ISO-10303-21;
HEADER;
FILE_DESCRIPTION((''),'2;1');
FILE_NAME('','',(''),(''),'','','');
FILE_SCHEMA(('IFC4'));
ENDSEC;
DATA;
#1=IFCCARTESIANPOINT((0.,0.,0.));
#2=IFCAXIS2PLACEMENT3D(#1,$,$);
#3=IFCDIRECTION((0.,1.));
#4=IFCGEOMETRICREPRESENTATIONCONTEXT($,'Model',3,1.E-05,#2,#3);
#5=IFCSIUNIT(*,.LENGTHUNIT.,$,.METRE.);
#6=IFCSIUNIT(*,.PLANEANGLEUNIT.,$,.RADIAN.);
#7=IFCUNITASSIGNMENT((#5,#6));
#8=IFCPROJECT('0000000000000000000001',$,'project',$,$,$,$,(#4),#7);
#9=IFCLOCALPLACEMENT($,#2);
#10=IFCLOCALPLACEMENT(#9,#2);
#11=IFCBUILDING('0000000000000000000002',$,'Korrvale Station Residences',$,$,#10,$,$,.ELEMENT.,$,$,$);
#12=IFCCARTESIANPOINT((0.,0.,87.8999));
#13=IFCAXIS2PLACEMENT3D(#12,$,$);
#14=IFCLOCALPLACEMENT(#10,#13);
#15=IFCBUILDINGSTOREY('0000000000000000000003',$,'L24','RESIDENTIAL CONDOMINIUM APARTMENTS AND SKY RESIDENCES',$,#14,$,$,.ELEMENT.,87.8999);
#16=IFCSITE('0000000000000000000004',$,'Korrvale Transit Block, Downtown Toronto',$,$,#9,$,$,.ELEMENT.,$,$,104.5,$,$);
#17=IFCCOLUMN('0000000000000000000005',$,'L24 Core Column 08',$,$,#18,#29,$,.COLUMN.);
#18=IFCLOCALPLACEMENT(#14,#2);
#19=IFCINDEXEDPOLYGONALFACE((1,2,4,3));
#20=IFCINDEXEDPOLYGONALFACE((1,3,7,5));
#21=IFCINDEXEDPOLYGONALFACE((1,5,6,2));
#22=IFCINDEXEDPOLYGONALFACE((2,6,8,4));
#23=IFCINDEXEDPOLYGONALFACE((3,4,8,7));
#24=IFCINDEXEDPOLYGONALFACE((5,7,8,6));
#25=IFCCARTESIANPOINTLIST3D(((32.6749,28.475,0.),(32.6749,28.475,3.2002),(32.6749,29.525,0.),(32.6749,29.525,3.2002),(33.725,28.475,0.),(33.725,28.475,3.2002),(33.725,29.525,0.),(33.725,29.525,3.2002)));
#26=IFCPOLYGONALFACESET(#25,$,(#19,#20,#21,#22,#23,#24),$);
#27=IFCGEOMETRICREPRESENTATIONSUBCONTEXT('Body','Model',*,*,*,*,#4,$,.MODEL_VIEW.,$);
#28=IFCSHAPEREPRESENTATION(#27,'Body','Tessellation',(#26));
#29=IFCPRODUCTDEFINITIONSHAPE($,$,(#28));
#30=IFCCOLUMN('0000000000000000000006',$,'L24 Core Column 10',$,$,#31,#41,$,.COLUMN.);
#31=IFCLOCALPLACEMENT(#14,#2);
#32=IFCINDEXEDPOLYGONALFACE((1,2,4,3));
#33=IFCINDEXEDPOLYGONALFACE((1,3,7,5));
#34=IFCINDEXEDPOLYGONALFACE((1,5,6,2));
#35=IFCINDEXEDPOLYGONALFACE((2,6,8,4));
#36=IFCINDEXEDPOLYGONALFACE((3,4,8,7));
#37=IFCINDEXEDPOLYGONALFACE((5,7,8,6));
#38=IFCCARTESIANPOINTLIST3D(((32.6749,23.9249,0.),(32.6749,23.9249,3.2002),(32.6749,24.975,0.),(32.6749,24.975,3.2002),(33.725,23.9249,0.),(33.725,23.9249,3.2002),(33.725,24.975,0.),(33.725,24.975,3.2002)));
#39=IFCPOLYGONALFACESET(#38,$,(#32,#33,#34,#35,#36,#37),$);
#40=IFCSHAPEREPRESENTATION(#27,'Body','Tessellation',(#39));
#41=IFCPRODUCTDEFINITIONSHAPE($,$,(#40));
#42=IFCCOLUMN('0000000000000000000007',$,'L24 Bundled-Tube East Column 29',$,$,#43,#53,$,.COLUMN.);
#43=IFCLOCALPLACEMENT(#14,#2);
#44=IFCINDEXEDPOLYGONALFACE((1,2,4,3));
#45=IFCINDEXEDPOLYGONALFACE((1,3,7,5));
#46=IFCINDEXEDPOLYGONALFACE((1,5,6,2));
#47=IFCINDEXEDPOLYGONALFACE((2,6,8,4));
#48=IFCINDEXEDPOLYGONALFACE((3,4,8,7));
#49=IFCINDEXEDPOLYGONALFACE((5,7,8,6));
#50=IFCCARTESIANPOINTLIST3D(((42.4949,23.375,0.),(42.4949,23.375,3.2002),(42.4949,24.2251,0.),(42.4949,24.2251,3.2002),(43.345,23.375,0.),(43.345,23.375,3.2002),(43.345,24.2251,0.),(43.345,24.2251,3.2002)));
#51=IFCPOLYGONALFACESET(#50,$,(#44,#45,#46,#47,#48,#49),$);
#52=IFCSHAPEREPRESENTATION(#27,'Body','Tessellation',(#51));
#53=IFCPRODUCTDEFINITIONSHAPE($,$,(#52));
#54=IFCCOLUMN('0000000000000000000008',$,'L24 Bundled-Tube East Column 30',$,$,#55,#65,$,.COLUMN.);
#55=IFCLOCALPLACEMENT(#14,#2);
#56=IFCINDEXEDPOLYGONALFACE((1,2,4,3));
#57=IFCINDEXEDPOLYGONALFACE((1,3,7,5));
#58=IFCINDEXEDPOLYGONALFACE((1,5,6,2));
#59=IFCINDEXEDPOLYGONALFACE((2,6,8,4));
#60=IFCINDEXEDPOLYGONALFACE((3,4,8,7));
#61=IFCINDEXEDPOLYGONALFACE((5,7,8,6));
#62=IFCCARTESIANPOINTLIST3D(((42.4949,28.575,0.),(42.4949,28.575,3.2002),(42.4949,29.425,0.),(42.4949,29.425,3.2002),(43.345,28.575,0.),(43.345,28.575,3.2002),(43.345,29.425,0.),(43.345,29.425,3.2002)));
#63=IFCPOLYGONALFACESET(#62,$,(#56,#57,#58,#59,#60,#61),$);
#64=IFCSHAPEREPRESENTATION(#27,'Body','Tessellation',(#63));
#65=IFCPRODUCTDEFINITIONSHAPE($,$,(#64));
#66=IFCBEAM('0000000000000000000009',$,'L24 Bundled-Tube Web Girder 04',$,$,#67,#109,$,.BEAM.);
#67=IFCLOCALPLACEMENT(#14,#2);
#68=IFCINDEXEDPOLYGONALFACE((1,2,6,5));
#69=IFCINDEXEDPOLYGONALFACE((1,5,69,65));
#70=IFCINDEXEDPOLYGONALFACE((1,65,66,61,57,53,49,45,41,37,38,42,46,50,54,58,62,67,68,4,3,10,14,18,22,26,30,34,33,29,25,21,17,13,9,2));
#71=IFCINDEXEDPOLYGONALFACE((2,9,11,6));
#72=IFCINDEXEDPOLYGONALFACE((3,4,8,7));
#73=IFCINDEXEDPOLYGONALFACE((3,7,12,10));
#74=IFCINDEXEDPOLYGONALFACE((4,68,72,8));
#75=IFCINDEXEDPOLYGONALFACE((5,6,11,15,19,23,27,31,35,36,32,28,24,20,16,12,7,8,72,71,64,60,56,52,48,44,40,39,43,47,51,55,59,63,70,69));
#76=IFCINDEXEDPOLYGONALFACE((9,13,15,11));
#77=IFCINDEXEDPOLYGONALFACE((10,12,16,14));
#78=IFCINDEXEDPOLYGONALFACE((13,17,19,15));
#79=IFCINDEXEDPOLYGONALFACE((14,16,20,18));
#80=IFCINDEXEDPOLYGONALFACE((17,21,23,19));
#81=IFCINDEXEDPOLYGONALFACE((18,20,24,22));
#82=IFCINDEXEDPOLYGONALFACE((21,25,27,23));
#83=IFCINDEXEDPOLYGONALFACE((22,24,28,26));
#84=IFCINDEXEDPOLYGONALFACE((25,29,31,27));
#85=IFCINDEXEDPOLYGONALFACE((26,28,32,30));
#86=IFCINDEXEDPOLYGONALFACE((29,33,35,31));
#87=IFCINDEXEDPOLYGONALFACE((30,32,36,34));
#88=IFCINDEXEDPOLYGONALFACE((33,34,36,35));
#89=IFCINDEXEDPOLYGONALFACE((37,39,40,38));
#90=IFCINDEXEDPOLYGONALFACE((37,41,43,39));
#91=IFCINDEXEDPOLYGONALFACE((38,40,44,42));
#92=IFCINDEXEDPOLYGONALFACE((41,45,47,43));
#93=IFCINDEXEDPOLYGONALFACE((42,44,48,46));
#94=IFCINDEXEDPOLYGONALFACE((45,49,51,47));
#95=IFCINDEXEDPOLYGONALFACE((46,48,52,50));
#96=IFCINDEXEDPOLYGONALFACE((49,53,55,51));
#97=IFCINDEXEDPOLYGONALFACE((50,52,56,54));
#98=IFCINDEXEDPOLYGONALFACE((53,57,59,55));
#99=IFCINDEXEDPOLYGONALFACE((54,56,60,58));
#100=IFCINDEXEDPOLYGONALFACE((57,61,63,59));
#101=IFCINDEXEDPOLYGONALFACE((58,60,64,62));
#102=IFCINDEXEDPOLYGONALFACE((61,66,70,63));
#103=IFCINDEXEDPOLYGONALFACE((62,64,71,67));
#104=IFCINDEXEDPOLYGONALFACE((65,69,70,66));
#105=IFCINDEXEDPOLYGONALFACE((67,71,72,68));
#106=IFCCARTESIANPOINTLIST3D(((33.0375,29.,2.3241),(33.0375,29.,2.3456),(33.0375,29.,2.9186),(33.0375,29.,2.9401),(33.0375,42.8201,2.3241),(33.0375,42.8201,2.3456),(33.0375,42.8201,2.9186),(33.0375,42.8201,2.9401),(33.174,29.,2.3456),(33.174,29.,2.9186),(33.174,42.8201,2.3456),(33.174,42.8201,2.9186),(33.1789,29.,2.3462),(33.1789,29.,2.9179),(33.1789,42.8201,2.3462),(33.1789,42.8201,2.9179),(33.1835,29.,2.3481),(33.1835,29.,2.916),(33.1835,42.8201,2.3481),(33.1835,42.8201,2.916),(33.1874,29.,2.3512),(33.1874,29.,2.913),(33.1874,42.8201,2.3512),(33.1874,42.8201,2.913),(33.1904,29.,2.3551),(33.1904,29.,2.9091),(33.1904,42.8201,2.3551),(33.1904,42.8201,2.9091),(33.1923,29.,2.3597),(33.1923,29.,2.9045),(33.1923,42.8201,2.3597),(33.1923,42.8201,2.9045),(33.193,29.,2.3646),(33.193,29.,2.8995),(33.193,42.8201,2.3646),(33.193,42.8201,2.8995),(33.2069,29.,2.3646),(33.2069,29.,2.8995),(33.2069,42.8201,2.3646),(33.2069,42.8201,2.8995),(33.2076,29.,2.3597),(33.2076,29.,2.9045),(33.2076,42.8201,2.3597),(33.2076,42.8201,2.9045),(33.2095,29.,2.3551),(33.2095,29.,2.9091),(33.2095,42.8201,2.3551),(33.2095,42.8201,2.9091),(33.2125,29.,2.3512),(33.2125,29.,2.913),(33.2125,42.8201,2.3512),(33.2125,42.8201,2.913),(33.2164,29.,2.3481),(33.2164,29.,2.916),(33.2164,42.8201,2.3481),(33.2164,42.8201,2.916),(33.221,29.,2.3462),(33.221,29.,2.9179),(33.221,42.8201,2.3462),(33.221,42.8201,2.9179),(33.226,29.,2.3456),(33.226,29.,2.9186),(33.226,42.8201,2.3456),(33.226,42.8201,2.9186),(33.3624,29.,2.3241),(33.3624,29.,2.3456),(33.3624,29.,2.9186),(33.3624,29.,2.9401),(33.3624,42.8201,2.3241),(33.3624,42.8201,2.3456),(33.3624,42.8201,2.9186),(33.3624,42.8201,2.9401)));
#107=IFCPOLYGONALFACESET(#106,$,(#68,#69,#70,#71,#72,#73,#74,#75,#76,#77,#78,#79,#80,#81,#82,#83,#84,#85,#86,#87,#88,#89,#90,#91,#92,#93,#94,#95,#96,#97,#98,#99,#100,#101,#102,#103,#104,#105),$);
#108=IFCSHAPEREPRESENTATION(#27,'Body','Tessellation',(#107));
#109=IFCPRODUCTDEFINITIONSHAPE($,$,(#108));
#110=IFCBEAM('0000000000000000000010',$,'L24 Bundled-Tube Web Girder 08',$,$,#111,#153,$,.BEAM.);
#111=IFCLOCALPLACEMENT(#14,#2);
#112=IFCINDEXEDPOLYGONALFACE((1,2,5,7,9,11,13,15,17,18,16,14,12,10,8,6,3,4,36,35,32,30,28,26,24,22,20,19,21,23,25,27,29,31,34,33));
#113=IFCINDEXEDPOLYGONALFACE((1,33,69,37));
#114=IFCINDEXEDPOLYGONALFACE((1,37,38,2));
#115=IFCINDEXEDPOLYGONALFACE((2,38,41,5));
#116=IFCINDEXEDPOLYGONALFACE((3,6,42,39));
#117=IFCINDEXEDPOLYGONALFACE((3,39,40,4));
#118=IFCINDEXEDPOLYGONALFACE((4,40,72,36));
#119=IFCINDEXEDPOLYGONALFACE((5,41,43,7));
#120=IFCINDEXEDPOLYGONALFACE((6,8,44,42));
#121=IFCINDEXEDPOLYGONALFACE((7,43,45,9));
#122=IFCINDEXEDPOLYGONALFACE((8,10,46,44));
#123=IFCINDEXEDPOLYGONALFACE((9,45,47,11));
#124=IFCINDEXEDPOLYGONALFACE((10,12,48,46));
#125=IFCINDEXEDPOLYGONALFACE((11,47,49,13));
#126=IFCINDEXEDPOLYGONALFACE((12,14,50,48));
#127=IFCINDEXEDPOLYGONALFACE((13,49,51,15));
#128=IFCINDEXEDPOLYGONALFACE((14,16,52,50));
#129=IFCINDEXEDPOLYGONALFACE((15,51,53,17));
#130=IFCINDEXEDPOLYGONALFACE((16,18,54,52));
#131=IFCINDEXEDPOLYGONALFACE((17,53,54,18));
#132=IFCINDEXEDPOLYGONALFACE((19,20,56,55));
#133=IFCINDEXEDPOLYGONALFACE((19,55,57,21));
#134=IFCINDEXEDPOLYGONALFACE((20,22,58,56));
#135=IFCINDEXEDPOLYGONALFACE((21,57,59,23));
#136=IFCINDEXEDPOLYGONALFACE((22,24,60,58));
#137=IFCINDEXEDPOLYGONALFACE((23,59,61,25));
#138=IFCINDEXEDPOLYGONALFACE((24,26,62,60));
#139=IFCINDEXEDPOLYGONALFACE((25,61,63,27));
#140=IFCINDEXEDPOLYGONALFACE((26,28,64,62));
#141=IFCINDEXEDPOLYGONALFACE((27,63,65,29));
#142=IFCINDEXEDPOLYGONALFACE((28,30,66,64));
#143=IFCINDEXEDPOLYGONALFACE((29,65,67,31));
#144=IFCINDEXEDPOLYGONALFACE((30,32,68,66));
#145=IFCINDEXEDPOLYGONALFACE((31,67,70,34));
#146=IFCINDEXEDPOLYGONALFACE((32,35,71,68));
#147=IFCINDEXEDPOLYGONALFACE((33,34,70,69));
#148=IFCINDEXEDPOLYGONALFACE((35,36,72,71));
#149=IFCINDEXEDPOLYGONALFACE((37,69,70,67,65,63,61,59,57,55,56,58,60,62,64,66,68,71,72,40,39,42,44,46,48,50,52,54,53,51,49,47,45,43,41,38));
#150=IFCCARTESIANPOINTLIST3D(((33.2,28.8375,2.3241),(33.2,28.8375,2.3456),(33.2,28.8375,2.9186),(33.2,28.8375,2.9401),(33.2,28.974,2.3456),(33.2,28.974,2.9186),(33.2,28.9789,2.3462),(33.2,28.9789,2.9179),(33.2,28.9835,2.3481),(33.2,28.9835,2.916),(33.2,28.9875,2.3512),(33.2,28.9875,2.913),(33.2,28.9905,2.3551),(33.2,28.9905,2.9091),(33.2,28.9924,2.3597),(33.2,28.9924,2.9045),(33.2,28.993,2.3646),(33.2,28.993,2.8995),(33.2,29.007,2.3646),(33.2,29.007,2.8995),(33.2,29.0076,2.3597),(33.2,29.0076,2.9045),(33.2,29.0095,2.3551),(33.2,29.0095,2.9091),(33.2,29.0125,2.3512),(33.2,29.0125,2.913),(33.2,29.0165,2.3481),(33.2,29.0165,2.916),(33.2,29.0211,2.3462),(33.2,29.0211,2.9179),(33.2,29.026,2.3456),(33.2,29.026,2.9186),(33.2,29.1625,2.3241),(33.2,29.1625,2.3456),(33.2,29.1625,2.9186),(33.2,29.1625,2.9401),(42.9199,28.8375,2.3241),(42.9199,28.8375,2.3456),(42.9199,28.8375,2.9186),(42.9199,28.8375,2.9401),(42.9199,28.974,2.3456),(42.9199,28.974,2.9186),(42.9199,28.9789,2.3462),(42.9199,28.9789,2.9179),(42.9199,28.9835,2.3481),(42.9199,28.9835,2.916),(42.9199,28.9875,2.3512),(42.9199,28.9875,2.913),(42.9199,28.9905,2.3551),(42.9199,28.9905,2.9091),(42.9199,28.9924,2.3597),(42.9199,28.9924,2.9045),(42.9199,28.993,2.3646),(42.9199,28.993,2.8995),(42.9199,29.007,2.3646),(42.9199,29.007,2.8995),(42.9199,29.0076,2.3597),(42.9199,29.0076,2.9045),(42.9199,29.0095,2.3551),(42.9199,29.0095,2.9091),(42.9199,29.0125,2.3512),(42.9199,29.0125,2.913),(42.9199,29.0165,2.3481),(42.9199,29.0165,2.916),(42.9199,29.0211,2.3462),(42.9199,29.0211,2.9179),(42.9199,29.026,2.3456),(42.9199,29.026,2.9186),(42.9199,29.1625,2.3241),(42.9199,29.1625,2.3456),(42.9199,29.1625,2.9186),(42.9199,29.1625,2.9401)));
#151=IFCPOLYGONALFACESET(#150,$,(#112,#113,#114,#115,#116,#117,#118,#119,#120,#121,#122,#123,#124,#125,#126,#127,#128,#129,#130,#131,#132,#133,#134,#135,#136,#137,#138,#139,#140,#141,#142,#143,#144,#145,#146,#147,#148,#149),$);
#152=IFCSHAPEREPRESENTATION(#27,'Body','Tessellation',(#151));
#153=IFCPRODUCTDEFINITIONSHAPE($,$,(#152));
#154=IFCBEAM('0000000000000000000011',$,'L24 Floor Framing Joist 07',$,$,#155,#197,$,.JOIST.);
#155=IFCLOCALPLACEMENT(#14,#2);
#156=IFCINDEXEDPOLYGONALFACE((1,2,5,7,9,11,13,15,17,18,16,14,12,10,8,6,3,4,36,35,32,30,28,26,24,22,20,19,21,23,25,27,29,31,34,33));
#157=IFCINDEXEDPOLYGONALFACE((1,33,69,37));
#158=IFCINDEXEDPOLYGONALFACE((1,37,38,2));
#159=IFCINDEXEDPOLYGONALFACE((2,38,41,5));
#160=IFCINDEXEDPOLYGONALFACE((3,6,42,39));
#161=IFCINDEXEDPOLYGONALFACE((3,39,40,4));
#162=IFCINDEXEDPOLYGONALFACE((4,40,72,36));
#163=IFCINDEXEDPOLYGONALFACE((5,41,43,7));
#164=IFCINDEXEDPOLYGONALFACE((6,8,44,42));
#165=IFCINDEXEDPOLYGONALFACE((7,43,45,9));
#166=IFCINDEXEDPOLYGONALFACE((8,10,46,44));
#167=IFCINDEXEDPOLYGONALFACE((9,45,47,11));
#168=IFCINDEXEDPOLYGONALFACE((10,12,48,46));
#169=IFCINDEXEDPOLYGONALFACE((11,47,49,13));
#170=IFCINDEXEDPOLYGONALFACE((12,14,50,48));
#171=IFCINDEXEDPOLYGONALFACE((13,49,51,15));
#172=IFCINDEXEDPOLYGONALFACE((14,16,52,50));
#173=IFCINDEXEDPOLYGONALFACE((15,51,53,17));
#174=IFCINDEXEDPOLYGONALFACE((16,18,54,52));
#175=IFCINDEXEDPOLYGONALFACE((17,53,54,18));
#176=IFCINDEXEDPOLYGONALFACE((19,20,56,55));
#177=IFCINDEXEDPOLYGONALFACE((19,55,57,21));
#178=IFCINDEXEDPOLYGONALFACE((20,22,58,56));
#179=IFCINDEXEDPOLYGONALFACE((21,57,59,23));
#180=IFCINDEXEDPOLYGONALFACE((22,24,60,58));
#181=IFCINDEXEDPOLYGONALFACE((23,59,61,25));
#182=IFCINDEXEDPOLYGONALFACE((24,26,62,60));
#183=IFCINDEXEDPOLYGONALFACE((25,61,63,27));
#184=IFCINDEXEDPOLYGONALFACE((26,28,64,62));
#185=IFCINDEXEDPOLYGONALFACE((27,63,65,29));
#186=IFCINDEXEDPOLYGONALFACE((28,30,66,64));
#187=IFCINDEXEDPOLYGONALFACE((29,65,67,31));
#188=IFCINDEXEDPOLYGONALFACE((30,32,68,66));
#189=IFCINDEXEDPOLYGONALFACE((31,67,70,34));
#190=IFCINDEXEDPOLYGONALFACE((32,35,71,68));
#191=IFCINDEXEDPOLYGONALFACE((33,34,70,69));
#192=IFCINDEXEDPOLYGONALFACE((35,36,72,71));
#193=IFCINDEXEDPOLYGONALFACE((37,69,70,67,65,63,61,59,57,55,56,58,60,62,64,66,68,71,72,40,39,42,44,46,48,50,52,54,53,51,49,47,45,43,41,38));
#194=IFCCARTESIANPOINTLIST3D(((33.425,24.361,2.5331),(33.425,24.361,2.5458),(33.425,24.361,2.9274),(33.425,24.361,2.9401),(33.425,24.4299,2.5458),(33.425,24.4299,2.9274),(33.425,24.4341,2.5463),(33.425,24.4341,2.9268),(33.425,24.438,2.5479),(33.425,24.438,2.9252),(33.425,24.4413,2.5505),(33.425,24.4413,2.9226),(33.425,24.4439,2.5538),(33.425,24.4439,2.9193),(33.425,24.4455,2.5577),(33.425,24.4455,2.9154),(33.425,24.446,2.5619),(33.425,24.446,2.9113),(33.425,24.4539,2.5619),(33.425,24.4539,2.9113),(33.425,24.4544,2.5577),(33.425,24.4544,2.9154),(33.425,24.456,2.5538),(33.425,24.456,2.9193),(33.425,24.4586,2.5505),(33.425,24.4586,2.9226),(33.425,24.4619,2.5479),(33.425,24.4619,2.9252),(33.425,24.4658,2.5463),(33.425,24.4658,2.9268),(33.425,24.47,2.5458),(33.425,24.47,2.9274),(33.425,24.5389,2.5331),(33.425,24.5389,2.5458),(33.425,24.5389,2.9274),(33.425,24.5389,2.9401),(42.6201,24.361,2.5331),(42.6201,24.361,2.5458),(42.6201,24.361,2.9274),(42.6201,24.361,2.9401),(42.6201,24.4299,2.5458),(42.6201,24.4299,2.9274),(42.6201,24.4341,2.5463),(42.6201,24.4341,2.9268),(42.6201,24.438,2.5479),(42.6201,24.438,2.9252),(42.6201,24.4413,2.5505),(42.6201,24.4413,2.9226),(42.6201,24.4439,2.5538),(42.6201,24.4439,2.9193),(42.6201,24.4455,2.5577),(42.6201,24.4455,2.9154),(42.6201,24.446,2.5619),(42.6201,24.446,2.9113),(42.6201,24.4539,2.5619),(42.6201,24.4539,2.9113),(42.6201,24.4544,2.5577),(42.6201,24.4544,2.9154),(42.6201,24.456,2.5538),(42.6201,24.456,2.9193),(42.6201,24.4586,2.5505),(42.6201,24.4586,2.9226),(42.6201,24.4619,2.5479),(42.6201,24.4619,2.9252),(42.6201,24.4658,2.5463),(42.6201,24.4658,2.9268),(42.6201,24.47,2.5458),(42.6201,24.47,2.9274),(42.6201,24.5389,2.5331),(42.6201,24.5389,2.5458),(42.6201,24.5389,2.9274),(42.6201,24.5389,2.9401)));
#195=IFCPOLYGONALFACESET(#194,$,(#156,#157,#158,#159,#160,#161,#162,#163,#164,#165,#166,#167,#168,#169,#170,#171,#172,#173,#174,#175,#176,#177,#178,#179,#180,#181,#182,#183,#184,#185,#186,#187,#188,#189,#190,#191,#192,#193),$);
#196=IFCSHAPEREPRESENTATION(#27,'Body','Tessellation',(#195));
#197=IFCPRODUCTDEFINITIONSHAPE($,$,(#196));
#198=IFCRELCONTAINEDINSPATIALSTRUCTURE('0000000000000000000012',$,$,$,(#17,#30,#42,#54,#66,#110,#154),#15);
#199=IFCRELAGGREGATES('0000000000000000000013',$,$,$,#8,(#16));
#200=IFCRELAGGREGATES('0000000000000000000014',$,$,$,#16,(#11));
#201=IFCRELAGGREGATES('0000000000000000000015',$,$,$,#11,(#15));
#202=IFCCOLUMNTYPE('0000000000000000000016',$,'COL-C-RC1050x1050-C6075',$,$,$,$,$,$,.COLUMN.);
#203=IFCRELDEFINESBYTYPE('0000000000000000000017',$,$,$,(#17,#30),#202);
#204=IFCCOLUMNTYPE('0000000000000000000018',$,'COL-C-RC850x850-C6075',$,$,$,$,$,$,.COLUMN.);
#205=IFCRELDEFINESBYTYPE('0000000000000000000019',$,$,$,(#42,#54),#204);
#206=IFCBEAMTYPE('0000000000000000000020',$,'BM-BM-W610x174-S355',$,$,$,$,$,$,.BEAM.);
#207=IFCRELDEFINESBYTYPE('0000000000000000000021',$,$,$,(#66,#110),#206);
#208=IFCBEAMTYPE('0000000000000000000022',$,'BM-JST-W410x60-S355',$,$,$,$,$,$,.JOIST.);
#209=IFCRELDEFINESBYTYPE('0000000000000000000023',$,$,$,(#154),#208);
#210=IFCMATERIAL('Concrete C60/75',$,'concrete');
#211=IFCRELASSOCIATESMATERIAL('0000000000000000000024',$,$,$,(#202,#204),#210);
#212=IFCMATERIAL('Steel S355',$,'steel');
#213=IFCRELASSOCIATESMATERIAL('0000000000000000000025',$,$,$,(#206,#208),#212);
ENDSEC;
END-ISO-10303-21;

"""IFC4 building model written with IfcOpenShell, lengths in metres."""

from ifc_helpers import new_model, si_unit, direction, frame, origin, origin_2d, place, context, subcontext, project, spatial, rectangle, i_section, extrude, material, material_profile, profile_set, type_object, element, save


model = new_model("IFC4")

# Units and contexts
model_context = context("Model", 3, precision=1e-05, world=origin(), true_north=direction((0.0, 1.0)))
body_context = subcontext(model_context, "Body", "Model", "MODEL_VIEW")
ifc_project = project(units=[si_unit("LENGTHUNIT", "METRE"), si_unit("PLANEANGLEUNIT", "RADIAN")], contexts=[model_context])

# Site, building, storey
site_placement = place(None, origin())
site = spatial("IfcSite", under=ifc_project, at=site_placement, Name="Korrvale Transit Block, Downtown Toronto", CompositionType="ELEMENT", RefElevation=104.5)
building_placement = place(site_placement, origin())
building = spatial("IfcBuilding", under=site, at=building_placement, Name="Korrvale Station Residences", CompositionType="ELEMENT")
storey_placement = place(building_placement, frame((0.0, 0.0, 87.8999)))
storey = spatial("IfcBuildingStorey", under=building, at=storey_placement, Name="L24", Description="RESIDENTIAL CONDOMINIUM APARTMENTS AND SKY RESIDENCES", CompositionType="ELEMENT", Elevation=87.8999)

# Columns
ifc_material_1 = material(Name="Concrete C60/75", Category="concrete")
ifc_material_profile_1 = material_profile(ifc_material_1, rectangle(XDim=1.05, YDim=1.05, at=origin_2d()), Name="RC1050x1050")
ifc_profile_set_1 = profile_set([ifc_material_profile_1], Name="Concrete C60/75")
column_type_1 = type_object("IfcColumnType", Name="COL-C-RC1050x1050-C6075", PredefinedType="COLUMN", material=ifc_profile_set_1)
for number, where, z_axis, x_axis, name in (
    (1, (33.2, 29.0, 0.0), (0.0, 0.0, 1.0), (1.0, 0.0, 0.0), "L24 Core Column 08"),
    (2, (33.2, 24.45, 0.0), (0.0, 0.0, 1.0), (1.0, 0.0, 0.0), "L24 Core Column 10"),
):
    element("IfcColumn", number, at=place(storey_placement, frame(where, z_axis=z_axis, x_axis=x_axis)), inside=storey, type_object=column_type_1, Name=name, PredefinedType="COLUMN", context=body_context, shape_type="SweptSolid", body=[
        extrude(rectangle(XDim=1.05, YDim=1.05, at=origin_2d()), origin(), (0.0, 0.0, 1.0), 3.2002),
    ])
ifc_material_profile_2 = material_profile(ifc_material_1, rectangle(XDim=0.8501, YDim=0.8501, at=origin_2d()), Name="RC850x850")
ifc_profile_set_2 = profile_set([ifc_material_profile_2], Name="Concrete C60/75")
column_type_2 = type_object("IfcColumnType", Name="COL-C-RC850x850-C6075", PredefinedType="COLUMN", material=ifc_profile_set_2)
for number, where, z_axis, x_axis, name in (
    (3, (42.9199, 23.8, 0.0), (0.0, 0.0, 1.0), (1.0, 0.0, 0.0), "L24 Bundled-Tube East Column 29"),
    (4, (42.9199, 29.0, 0.0), (0.0, 0.0, 1.0), (1.0, 0.0, 0.0), "L24 Bundled-Tube East Column 30"),
):
    element("IfcColumn", number, at=place(storey_placement, frame(where, z_axis=z_axis, x_axis=x_axis)), inside=storey, type_object=column_type_2, Name=name, PredefinedType="COLUMN", context=body_context, shape_type="SweptSolid", body=[
        extrude(rectangle(XDim=0.8501, YDim=0.8501, at=origin_2d()), origin(), (0.0, 0.0, 1.0), 3.2002),
    ])

# Beams
ifc_material_2 = material(Name="Steel S355", Category="steel")
ifc_material_profile_3 = material_profile(ifc_material_2, i_section(OverallWidth=0.325, OverallDepth=0.616, WebThickness=0.0139, FlangeThickness=0.0215, FilletRadius=0.019, at=origin_2d()), Name="W610x174")
ifc_profile_set_3 = profile_set([ifc_material_profile_3], Name="Steel S355")
beam_type_1 = type_object("IfcBeamType", Name="BM-BM-W610x174-S355", PredefinedType="BEAM", material=ifc_profile_set_3)
beam_1_placement = place(storey_placement, frame((33.2, 29.0, 2.6321), z_axis=(0.0, 1.0, 0.0), x_axis=(-1.0, 0.0, 0.0)))
element("IfcBeam", 5, at=beam_1_placement, inside=storey, type_object=beam_type_1, Name="L24 Bundled-Tube Web Girder 04", PredefinedType="BEAM", context=body_context, shape_type="SweptSolid", body=[
    extrude(i_section(OverallWidth=0.325, OverallDepth=0.616, WebThickness=0.0139, FlangeThickness=0.0215, FilletRadius=0.019, at=origin_2d()), origin(), (0.0, 0.0, 1.0), 13.8201),
])
beam_2_placement = place(storey_placement, frame((33.2, 29.0, 2.6321), z_axis=(1.0, 0.0, 0.0), x_axis=(0.0, 1.0, 0.0)))
element("IfcBeam", 6, at=beam_2_placement, inside=storey, type_object=beam_type_1, Name="L24 Bundled-Tube Web Girder 08", PredefinedType="BEAM", context=body_context, shape_type="SweptSolid", body=[
    extrude(i_section(OverallWidth=0.325, OverallDepth=0.616, WebThickness=0.0139, FlangeThickness=0.0215, FilletRadius=0.019, at=origin_2d()), origin(), (0.0, 0.0, 1.0), 9.72),
])
ifc_material_profile_4 = material_profile(ifc_material_2, i_section(OverallWidth=0.178, OverallDepth=0.407, WebThickness=0.0078, FlangeThickness=0.0127, FilletRadius=0.0161, at=origin_2d()), Name="W410x60")
ifc_profile_set_4 = profile_set([ifc_material_profile_4], Name="Steel S355")
beam_type_2 = type_object("IfcBeamType", Name="BM-JST-W410x60-S355", PredefinedType="JOIST", material=ifc_profile_set_4)
beam_3_placement = place(storey_placement, frame((33.425, 24.45, 2.7366), z_axis=(1.0, 0.0, 0.0), x_axis=(0.0, 1.0, 0.0)))
element("IfcBeam", 7, at=beam_3_placement, inside=storey, type_object=beam_type_2, Name="L24 Floor Framing Joist 07", PredefinedType="JOIST", context=body_context, shape_type="SweptSolid", body=[
    extrude(i_section(OverallWidth=0.178, OverallDepth=0.407, WebThickness=0.0078, FlangeThickness=0.0127, FilletRadius=0.0161, at=origin_2d()), origin(), (0.0, 0.0, 1.0), 9.1951),
])

save(model, "model.ifc")
